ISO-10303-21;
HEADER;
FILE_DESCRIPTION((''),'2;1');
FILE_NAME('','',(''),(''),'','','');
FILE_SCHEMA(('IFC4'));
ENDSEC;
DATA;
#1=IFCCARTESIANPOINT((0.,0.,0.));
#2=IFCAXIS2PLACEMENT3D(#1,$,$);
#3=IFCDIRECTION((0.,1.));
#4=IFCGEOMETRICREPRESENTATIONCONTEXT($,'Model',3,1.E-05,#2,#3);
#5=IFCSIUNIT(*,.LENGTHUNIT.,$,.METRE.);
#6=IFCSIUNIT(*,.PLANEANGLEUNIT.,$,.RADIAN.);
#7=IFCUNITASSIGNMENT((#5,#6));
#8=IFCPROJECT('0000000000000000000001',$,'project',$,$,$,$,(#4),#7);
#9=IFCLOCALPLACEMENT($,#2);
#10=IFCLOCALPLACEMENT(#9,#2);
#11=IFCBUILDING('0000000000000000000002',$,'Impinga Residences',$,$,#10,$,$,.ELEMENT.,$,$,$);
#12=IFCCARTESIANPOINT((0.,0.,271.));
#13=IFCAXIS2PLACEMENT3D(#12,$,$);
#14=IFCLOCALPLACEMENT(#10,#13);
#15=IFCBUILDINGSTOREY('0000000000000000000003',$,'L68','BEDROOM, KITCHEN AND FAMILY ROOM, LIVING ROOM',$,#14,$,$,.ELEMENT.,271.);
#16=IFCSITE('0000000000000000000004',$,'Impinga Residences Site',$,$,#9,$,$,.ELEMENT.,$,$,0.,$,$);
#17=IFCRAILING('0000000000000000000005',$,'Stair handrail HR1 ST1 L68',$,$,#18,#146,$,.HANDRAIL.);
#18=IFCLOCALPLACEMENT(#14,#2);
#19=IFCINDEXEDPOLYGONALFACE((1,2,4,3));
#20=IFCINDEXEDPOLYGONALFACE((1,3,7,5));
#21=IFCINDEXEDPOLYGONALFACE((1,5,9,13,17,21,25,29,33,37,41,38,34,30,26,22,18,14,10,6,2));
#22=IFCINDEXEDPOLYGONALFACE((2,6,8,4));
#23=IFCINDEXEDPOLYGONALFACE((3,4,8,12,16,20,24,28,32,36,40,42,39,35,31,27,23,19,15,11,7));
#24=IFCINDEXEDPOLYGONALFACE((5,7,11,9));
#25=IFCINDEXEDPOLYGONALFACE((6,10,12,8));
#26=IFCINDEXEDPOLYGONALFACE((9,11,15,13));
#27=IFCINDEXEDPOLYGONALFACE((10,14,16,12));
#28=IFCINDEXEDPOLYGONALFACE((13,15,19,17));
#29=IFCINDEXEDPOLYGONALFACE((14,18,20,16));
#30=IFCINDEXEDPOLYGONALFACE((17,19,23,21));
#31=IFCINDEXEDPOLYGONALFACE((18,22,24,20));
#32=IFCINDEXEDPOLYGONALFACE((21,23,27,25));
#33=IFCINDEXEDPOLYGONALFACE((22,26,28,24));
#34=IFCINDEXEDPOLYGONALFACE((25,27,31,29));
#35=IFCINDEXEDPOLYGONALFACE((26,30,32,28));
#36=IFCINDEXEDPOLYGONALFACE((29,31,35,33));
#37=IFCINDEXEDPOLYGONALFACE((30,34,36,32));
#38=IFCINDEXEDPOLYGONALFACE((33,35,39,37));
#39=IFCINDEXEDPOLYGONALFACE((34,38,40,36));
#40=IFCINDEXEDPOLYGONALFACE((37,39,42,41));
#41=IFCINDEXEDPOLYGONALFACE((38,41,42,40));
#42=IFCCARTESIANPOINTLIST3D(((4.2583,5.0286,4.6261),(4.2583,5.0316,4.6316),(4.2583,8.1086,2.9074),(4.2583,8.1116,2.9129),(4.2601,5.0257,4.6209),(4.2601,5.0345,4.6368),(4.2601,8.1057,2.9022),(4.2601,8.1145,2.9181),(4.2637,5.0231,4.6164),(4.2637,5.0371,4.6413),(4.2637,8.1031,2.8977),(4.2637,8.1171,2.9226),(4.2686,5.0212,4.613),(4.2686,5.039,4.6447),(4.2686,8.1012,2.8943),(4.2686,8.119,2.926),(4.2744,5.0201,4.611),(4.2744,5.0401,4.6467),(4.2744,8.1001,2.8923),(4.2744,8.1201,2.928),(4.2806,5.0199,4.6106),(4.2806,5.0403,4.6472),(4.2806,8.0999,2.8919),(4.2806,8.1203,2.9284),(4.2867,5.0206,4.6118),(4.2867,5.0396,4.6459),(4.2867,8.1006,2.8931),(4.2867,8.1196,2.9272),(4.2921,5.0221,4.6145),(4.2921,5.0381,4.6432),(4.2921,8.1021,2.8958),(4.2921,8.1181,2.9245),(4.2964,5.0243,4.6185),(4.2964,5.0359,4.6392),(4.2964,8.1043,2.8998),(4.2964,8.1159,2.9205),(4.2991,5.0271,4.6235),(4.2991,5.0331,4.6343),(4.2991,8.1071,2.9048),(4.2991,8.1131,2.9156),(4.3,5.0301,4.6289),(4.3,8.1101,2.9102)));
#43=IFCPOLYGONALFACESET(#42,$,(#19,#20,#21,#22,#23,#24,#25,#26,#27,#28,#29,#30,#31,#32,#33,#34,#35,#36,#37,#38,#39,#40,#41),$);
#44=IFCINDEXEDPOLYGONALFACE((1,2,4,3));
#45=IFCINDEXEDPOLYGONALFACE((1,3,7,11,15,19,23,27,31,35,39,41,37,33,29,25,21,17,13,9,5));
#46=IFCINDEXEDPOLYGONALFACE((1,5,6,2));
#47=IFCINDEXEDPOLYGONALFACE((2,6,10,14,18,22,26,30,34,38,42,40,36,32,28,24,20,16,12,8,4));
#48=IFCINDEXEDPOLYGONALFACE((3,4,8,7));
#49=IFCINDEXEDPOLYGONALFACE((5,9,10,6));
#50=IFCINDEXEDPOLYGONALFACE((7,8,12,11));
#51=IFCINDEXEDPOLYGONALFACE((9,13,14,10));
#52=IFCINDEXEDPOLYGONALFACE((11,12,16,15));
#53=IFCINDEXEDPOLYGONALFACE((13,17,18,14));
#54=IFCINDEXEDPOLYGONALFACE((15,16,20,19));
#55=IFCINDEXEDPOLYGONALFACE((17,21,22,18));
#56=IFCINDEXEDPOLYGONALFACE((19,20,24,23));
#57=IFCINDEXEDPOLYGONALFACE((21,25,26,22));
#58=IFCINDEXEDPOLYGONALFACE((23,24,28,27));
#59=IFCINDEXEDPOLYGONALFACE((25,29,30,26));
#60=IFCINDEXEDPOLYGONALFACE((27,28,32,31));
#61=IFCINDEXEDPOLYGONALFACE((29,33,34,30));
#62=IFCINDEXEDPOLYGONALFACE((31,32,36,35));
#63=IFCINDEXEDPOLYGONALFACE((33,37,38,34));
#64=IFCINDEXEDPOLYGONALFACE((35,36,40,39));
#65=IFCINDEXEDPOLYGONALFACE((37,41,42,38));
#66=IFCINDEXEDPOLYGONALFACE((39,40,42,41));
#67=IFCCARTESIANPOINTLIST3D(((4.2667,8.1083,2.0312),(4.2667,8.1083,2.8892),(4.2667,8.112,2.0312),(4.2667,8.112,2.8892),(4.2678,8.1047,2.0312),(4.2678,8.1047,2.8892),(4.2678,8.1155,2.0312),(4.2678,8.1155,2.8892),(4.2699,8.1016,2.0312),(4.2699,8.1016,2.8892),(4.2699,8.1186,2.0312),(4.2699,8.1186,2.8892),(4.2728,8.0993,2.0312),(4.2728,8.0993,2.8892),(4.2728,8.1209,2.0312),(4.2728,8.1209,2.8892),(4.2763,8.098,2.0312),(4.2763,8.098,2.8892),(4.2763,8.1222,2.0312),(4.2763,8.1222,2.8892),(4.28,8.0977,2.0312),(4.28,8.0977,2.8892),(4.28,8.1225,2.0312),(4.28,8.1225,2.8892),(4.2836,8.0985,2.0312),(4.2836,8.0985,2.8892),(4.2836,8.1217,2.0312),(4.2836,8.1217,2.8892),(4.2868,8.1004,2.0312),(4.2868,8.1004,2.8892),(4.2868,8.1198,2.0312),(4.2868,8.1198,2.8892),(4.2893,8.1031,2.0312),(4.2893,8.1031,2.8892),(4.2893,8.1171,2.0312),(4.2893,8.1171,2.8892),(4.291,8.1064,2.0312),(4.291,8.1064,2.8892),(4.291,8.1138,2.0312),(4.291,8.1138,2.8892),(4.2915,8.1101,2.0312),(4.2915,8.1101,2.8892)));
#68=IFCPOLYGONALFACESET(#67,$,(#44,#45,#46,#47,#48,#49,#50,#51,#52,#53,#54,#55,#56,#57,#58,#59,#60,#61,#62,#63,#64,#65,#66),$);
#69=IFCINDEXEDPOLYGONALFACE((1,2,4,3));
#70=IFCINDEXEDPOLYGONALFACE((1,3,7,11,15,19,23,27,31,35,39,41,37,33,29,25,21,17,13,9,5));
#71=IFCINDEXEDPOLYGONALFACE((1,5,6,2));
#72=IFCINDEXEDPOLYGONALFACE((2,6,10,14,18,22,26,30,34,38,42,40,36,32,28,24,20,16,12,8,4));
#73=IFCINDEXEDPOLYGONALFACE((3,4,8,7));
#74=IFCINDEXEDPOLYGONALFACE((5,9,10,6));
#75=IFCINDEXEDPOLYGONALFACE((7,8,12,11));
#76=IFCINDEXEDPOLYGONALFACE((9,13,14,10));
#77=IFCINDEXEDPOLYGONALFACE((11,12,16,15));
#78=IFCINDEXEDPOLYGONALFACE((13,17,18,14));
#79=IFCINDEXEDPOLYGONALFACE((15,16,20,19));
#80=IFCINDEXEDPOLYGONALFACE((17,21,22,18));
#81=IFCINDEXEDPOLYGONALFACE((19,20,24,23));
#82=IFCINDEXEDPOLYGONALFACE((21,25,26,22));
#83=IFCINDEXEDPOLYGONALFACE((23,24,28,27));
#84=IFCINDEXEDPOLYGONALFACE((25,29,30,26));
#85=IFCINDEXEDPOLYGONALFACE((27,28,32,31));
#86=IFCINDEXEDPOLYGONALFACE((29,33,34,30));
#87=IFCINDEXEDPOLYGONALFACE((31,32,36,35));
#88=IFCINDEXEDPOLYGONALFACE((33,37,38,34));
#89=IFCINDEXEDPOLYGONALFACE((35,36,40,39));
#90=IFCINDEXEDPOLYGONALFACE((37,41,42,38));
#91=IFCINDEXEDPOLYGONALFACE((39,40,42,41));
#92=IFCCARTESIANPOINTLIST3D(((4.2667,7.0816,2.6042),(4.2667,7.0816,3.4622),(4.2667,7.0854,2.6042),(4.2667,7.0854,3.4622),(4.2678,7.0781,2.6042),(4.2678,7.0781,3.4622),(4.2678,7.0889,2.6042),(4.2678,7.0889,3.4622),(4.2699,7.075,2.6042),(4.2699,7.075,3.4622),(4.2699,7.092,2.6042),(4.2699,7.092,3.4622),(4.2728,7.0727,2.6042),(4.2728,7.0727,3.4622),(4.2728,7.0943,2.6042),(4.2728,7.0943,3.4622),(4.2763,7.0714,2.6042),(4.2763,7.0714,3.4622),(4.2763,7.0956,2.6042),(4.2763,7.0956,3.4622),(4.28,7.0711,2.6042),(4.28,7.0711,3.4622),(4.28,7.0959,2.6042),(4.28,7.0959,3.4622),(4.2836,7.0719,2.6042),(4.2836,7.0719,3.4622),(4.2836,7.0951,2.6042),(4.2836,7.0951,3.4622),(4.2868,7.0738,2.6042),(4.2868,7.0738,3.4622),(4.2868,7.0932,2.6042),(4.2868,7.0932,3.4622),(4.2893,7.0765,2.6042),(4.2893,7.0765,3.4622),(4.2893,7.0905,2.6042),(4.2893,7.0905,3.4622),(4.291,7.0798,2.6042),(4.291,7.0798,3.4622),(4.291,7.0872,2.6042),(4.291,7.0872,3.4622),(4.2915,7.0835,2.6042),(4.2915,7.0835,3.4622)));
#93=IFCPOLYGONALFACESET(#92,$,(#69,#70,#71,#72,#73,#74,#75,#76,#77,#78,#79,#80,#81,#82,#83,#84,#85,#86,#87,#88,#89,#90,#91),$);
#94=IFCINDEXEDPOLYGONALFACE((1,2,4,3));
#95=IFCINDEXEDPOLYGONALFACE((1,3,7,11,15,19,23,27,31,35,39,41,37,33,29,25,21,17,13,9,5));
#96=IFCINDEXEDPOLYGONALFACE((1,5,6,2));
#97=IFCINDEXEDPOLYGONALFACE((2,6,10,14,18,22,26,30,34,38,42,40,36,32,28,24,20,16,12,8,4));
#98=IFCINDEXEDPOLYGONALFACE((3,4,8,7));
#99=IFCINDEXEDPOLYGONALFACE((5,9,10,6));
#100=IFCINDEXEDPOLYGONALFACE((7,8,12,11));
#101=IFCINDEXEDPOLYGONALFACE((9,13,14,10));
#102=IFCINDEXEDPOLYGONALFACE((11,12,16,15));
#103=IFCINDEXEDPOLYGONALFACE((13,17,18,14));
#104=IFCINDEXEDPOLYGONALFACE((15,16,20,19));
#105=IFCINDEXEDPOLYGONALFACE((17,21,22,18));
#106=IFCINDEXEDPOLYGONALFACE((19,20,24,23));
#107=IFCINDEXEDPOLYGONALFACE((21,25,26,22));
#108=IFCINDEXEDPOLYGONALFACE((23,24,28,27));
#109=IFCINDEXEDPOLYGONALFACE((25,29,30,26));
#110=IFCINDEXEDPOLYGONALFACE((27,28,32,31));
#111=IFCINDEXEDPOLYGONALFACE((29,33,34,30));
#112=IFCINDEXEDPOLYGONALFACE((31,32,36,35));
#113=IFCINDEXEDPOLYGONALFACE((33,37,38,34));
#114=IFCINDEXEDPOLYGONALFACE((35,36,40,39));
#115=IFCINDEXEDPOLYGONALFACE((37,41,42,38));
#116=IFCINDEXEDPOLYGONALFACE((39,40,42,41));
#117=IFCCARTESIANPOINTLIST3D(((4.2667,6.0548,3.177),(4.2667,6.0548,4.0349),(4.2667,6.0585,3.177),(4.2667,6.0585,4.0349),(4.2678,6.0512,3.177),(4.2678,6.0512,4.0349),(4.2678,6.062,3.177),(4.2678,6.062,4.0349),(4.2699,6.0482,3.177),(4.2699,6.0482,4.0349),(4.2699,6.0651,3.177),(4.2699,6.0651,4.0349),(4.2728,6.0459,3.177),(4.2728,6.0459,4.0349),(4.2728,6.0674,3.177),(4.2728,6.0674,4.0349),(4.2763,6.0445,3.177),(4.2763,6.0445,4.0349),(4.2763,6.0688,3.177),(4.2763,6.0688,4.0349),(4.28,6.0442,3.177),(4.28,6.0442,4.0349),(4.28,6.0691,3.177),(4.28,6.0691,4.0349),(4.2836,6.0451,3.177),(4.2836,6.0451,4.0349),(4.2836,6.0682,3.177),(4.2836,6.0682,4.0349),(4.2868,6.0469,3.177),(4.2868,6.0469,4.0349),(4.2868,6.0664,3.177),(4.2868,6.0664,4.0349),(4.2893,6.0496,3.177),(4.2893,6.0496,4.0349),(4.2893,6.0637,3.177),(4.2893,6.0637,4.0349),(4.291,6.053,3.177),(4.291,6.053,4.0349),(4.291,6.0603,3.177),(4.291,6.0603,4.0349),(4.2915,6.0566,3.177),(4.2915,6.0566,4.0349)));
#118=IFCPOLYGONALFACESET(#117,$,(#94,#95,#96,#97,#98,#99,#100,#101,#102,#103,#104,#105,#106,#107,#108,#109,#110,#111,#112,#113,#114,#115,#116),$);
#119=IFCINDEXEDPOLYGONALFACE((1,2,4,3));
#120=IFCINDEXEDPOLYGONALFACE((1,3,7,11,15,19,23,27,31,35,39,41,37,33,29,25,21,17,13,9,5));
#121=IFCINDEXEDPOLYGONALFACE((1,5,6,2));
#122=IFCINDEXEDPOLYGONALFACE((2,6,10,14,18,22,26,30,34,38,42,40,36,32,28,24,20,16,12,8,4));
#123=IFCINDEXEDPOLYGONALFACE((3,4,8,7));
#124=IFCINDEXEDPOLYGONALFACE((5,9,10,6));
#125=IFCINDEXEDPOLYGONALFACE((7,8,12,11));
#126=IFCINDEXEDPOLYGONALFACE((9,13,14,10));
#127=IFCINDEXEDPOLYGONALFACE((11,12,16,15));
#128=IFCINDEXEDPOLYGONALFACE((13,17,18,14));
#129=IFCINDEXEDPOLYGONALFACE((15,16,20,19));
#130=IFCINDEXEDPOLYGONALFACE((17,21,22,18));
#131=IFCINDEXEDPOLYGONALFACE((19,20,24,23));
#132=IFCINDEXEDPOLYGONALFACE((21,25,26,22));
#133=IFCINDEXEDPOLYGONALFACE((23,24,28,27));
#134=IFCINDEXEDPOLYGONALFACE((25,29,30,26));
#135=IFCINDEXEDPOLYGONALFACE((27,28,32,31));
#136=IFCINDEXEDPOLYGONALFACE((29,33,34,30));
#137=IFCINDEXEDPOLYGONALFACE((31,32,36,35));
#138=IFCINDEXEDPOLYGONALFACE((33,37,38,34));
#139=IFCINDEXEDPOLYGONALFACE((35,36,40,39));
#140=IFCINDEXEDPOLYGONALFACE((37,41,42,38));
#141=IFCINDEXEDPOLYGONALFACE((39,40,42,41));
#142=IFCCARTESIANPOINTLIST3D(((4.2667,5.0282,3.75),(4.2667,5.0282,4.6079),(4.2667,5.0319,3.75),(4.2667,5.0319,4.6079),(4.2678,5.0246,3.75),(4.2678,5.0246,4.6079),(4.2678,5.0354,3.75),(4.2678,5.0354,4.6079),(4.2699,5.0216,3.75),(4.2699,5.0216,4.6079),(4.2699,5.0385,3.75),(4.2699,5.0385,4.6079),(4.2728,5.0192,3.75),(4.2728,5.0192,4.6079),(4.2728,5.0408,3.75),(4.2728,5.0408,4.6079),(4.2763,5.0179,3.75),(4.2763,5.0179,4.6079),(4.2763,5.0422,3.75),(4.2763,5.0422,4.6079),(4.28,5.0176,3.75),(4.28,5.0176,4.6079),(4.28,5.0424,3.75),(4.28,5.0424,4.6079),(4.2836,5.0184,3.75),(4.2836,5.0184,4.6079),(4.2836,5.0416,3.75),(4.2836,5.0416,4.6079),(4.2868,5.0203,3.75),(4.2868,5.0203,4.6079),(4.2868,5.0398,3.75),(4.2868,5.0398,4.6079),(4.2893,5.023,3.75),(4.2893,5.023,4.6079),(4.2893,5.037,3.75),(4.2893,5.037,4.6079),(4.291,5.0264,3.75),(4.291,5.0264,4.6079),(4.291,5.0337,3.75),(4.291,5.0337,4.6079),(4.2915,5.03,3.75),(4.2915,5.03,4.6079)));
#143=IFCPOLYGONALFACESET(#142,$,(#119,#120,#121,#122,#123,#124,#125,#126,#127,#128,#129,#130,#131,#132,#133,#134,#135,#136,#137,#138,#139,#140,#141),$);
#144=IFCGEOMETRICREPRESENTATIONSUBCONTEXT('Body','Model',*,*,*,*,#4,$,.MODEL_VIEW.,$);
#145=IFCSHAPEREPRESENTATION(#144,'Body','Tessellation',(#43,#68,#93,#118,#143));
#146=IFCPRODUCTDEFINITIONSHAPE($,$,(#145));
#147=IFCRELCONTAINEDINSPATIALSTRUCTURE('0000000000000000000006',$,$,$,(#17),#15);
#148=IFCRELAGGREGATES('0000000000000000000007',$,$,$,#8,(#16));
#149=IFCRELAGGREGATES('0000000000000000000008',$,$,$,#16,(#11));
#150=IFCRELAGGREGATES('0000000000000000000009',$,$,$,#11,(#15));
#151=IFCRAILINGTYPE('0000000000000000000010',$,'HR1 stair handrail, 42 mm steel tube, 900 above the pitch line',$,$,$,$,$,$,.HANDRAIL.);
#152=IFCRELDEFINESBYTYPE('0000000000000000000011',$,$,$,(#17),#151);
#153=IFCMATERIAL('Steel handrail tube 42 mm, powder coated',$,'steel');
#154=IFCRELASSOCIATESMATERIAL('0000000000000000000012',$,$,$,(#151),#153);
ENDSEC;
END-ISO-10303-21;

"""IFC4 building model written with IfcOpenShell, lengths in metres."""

from ifc_helpers import new_model, si_unit, direction, frame, origin, origin_2d, place, context, subcontext, project, spatial, circle, extrude, material, type_object, element, save


model = new_model("IFC4")

# Units and contexts
model_context = context("Model", 3, precision=1e-05, world=origin(), true_north=direction((0.0, 1.0)))
body_context = subcontext(model_context, "Body", "Model", "MODEL_VIEW")
ifc_project = project(units=[si_unit("LENGTHUNIT", "METRE"), si_unit("PLANEANGLEUNIT", "RADIAN")], contexts=[model_context])

# Site, building, storey
site_placement = place(None, origin())
site = spatial("IfcSite", under=ifc_project, at=site_placement, Name="Impinga Residences Site", CompositionType="ELEMENT", RefElevation=0.0)
building_placement = place(site_placement, origin())
building = spatial("IfcBuilding", under=site, at=building_placement, Name="Impinga Residences", CompositionType="ELEMENT")
storey_placement = place(building_placement, frame((0.0, 0.0, 271.0)))
storey = spatial("IfcBuildingStorey", under=building, at=storey_placement, Name="L68", Description="BEDROOM, KITCHEN AND FAMILY ROOM, LIVING ROOM", CompositionType="ELEMENT", Elevation=271.0)

# Railing
ifc_material_1 = material(Name="Steel handrail tube 42 mm, powder coated", Category="steel")
railing_type_1 = type_object("IfcRailingType", Name="HR1 stair handrail, 42 mm steel tube, 900 above the pitch line", PredefinedType="HANDRAIL", material=ifc_material_1)
railing_1_placement = place(storey_placement, frame((4.2791, 8.1101, 2.0312)))
element("IfcRailing", 1, at=railing_1_placement, inside=storey, type_object=railing_type_1, Name="Stair handrail HR1 ST1 L68", PredefinedType="HANDRAIL", context=body_context, shape_type="SweptSolid", body=[
    extrude(circle(Radius=0.021, at=origin_2d()), frame((0.0, 0.0, 0.8789), z_axis=(0.0, -0.873242, 0.487288), x_axis=(1.0, 0.0, 0.0)), (0.0, 0.0, 1.0), 3.5271),
    extrude(circle(Radius=0.0125, at=origin_2d()), origin(), (0.0, 0.0, 1.0), 0.8579),
    extrude(circle(Radius=0.0125, at=origin_2d()), frame((0.0, -1.0266, 0.573)), (0.0, 0.0, 1.0), 0.8579),
    extrude(circle(Radius=0.0125, at=origin_2d()), frame((0.0, -2.0535, 1.1458)), (0.0, 0.0, 1.0), 0.8579),
    extrude(circle(Radius=0.0125, at=origin_2d()), frame((0.0, -3.0801, 1.7188)), (0.0, 0.0, 1.0), 0.8579),
])

save(model, "model.ifc")
